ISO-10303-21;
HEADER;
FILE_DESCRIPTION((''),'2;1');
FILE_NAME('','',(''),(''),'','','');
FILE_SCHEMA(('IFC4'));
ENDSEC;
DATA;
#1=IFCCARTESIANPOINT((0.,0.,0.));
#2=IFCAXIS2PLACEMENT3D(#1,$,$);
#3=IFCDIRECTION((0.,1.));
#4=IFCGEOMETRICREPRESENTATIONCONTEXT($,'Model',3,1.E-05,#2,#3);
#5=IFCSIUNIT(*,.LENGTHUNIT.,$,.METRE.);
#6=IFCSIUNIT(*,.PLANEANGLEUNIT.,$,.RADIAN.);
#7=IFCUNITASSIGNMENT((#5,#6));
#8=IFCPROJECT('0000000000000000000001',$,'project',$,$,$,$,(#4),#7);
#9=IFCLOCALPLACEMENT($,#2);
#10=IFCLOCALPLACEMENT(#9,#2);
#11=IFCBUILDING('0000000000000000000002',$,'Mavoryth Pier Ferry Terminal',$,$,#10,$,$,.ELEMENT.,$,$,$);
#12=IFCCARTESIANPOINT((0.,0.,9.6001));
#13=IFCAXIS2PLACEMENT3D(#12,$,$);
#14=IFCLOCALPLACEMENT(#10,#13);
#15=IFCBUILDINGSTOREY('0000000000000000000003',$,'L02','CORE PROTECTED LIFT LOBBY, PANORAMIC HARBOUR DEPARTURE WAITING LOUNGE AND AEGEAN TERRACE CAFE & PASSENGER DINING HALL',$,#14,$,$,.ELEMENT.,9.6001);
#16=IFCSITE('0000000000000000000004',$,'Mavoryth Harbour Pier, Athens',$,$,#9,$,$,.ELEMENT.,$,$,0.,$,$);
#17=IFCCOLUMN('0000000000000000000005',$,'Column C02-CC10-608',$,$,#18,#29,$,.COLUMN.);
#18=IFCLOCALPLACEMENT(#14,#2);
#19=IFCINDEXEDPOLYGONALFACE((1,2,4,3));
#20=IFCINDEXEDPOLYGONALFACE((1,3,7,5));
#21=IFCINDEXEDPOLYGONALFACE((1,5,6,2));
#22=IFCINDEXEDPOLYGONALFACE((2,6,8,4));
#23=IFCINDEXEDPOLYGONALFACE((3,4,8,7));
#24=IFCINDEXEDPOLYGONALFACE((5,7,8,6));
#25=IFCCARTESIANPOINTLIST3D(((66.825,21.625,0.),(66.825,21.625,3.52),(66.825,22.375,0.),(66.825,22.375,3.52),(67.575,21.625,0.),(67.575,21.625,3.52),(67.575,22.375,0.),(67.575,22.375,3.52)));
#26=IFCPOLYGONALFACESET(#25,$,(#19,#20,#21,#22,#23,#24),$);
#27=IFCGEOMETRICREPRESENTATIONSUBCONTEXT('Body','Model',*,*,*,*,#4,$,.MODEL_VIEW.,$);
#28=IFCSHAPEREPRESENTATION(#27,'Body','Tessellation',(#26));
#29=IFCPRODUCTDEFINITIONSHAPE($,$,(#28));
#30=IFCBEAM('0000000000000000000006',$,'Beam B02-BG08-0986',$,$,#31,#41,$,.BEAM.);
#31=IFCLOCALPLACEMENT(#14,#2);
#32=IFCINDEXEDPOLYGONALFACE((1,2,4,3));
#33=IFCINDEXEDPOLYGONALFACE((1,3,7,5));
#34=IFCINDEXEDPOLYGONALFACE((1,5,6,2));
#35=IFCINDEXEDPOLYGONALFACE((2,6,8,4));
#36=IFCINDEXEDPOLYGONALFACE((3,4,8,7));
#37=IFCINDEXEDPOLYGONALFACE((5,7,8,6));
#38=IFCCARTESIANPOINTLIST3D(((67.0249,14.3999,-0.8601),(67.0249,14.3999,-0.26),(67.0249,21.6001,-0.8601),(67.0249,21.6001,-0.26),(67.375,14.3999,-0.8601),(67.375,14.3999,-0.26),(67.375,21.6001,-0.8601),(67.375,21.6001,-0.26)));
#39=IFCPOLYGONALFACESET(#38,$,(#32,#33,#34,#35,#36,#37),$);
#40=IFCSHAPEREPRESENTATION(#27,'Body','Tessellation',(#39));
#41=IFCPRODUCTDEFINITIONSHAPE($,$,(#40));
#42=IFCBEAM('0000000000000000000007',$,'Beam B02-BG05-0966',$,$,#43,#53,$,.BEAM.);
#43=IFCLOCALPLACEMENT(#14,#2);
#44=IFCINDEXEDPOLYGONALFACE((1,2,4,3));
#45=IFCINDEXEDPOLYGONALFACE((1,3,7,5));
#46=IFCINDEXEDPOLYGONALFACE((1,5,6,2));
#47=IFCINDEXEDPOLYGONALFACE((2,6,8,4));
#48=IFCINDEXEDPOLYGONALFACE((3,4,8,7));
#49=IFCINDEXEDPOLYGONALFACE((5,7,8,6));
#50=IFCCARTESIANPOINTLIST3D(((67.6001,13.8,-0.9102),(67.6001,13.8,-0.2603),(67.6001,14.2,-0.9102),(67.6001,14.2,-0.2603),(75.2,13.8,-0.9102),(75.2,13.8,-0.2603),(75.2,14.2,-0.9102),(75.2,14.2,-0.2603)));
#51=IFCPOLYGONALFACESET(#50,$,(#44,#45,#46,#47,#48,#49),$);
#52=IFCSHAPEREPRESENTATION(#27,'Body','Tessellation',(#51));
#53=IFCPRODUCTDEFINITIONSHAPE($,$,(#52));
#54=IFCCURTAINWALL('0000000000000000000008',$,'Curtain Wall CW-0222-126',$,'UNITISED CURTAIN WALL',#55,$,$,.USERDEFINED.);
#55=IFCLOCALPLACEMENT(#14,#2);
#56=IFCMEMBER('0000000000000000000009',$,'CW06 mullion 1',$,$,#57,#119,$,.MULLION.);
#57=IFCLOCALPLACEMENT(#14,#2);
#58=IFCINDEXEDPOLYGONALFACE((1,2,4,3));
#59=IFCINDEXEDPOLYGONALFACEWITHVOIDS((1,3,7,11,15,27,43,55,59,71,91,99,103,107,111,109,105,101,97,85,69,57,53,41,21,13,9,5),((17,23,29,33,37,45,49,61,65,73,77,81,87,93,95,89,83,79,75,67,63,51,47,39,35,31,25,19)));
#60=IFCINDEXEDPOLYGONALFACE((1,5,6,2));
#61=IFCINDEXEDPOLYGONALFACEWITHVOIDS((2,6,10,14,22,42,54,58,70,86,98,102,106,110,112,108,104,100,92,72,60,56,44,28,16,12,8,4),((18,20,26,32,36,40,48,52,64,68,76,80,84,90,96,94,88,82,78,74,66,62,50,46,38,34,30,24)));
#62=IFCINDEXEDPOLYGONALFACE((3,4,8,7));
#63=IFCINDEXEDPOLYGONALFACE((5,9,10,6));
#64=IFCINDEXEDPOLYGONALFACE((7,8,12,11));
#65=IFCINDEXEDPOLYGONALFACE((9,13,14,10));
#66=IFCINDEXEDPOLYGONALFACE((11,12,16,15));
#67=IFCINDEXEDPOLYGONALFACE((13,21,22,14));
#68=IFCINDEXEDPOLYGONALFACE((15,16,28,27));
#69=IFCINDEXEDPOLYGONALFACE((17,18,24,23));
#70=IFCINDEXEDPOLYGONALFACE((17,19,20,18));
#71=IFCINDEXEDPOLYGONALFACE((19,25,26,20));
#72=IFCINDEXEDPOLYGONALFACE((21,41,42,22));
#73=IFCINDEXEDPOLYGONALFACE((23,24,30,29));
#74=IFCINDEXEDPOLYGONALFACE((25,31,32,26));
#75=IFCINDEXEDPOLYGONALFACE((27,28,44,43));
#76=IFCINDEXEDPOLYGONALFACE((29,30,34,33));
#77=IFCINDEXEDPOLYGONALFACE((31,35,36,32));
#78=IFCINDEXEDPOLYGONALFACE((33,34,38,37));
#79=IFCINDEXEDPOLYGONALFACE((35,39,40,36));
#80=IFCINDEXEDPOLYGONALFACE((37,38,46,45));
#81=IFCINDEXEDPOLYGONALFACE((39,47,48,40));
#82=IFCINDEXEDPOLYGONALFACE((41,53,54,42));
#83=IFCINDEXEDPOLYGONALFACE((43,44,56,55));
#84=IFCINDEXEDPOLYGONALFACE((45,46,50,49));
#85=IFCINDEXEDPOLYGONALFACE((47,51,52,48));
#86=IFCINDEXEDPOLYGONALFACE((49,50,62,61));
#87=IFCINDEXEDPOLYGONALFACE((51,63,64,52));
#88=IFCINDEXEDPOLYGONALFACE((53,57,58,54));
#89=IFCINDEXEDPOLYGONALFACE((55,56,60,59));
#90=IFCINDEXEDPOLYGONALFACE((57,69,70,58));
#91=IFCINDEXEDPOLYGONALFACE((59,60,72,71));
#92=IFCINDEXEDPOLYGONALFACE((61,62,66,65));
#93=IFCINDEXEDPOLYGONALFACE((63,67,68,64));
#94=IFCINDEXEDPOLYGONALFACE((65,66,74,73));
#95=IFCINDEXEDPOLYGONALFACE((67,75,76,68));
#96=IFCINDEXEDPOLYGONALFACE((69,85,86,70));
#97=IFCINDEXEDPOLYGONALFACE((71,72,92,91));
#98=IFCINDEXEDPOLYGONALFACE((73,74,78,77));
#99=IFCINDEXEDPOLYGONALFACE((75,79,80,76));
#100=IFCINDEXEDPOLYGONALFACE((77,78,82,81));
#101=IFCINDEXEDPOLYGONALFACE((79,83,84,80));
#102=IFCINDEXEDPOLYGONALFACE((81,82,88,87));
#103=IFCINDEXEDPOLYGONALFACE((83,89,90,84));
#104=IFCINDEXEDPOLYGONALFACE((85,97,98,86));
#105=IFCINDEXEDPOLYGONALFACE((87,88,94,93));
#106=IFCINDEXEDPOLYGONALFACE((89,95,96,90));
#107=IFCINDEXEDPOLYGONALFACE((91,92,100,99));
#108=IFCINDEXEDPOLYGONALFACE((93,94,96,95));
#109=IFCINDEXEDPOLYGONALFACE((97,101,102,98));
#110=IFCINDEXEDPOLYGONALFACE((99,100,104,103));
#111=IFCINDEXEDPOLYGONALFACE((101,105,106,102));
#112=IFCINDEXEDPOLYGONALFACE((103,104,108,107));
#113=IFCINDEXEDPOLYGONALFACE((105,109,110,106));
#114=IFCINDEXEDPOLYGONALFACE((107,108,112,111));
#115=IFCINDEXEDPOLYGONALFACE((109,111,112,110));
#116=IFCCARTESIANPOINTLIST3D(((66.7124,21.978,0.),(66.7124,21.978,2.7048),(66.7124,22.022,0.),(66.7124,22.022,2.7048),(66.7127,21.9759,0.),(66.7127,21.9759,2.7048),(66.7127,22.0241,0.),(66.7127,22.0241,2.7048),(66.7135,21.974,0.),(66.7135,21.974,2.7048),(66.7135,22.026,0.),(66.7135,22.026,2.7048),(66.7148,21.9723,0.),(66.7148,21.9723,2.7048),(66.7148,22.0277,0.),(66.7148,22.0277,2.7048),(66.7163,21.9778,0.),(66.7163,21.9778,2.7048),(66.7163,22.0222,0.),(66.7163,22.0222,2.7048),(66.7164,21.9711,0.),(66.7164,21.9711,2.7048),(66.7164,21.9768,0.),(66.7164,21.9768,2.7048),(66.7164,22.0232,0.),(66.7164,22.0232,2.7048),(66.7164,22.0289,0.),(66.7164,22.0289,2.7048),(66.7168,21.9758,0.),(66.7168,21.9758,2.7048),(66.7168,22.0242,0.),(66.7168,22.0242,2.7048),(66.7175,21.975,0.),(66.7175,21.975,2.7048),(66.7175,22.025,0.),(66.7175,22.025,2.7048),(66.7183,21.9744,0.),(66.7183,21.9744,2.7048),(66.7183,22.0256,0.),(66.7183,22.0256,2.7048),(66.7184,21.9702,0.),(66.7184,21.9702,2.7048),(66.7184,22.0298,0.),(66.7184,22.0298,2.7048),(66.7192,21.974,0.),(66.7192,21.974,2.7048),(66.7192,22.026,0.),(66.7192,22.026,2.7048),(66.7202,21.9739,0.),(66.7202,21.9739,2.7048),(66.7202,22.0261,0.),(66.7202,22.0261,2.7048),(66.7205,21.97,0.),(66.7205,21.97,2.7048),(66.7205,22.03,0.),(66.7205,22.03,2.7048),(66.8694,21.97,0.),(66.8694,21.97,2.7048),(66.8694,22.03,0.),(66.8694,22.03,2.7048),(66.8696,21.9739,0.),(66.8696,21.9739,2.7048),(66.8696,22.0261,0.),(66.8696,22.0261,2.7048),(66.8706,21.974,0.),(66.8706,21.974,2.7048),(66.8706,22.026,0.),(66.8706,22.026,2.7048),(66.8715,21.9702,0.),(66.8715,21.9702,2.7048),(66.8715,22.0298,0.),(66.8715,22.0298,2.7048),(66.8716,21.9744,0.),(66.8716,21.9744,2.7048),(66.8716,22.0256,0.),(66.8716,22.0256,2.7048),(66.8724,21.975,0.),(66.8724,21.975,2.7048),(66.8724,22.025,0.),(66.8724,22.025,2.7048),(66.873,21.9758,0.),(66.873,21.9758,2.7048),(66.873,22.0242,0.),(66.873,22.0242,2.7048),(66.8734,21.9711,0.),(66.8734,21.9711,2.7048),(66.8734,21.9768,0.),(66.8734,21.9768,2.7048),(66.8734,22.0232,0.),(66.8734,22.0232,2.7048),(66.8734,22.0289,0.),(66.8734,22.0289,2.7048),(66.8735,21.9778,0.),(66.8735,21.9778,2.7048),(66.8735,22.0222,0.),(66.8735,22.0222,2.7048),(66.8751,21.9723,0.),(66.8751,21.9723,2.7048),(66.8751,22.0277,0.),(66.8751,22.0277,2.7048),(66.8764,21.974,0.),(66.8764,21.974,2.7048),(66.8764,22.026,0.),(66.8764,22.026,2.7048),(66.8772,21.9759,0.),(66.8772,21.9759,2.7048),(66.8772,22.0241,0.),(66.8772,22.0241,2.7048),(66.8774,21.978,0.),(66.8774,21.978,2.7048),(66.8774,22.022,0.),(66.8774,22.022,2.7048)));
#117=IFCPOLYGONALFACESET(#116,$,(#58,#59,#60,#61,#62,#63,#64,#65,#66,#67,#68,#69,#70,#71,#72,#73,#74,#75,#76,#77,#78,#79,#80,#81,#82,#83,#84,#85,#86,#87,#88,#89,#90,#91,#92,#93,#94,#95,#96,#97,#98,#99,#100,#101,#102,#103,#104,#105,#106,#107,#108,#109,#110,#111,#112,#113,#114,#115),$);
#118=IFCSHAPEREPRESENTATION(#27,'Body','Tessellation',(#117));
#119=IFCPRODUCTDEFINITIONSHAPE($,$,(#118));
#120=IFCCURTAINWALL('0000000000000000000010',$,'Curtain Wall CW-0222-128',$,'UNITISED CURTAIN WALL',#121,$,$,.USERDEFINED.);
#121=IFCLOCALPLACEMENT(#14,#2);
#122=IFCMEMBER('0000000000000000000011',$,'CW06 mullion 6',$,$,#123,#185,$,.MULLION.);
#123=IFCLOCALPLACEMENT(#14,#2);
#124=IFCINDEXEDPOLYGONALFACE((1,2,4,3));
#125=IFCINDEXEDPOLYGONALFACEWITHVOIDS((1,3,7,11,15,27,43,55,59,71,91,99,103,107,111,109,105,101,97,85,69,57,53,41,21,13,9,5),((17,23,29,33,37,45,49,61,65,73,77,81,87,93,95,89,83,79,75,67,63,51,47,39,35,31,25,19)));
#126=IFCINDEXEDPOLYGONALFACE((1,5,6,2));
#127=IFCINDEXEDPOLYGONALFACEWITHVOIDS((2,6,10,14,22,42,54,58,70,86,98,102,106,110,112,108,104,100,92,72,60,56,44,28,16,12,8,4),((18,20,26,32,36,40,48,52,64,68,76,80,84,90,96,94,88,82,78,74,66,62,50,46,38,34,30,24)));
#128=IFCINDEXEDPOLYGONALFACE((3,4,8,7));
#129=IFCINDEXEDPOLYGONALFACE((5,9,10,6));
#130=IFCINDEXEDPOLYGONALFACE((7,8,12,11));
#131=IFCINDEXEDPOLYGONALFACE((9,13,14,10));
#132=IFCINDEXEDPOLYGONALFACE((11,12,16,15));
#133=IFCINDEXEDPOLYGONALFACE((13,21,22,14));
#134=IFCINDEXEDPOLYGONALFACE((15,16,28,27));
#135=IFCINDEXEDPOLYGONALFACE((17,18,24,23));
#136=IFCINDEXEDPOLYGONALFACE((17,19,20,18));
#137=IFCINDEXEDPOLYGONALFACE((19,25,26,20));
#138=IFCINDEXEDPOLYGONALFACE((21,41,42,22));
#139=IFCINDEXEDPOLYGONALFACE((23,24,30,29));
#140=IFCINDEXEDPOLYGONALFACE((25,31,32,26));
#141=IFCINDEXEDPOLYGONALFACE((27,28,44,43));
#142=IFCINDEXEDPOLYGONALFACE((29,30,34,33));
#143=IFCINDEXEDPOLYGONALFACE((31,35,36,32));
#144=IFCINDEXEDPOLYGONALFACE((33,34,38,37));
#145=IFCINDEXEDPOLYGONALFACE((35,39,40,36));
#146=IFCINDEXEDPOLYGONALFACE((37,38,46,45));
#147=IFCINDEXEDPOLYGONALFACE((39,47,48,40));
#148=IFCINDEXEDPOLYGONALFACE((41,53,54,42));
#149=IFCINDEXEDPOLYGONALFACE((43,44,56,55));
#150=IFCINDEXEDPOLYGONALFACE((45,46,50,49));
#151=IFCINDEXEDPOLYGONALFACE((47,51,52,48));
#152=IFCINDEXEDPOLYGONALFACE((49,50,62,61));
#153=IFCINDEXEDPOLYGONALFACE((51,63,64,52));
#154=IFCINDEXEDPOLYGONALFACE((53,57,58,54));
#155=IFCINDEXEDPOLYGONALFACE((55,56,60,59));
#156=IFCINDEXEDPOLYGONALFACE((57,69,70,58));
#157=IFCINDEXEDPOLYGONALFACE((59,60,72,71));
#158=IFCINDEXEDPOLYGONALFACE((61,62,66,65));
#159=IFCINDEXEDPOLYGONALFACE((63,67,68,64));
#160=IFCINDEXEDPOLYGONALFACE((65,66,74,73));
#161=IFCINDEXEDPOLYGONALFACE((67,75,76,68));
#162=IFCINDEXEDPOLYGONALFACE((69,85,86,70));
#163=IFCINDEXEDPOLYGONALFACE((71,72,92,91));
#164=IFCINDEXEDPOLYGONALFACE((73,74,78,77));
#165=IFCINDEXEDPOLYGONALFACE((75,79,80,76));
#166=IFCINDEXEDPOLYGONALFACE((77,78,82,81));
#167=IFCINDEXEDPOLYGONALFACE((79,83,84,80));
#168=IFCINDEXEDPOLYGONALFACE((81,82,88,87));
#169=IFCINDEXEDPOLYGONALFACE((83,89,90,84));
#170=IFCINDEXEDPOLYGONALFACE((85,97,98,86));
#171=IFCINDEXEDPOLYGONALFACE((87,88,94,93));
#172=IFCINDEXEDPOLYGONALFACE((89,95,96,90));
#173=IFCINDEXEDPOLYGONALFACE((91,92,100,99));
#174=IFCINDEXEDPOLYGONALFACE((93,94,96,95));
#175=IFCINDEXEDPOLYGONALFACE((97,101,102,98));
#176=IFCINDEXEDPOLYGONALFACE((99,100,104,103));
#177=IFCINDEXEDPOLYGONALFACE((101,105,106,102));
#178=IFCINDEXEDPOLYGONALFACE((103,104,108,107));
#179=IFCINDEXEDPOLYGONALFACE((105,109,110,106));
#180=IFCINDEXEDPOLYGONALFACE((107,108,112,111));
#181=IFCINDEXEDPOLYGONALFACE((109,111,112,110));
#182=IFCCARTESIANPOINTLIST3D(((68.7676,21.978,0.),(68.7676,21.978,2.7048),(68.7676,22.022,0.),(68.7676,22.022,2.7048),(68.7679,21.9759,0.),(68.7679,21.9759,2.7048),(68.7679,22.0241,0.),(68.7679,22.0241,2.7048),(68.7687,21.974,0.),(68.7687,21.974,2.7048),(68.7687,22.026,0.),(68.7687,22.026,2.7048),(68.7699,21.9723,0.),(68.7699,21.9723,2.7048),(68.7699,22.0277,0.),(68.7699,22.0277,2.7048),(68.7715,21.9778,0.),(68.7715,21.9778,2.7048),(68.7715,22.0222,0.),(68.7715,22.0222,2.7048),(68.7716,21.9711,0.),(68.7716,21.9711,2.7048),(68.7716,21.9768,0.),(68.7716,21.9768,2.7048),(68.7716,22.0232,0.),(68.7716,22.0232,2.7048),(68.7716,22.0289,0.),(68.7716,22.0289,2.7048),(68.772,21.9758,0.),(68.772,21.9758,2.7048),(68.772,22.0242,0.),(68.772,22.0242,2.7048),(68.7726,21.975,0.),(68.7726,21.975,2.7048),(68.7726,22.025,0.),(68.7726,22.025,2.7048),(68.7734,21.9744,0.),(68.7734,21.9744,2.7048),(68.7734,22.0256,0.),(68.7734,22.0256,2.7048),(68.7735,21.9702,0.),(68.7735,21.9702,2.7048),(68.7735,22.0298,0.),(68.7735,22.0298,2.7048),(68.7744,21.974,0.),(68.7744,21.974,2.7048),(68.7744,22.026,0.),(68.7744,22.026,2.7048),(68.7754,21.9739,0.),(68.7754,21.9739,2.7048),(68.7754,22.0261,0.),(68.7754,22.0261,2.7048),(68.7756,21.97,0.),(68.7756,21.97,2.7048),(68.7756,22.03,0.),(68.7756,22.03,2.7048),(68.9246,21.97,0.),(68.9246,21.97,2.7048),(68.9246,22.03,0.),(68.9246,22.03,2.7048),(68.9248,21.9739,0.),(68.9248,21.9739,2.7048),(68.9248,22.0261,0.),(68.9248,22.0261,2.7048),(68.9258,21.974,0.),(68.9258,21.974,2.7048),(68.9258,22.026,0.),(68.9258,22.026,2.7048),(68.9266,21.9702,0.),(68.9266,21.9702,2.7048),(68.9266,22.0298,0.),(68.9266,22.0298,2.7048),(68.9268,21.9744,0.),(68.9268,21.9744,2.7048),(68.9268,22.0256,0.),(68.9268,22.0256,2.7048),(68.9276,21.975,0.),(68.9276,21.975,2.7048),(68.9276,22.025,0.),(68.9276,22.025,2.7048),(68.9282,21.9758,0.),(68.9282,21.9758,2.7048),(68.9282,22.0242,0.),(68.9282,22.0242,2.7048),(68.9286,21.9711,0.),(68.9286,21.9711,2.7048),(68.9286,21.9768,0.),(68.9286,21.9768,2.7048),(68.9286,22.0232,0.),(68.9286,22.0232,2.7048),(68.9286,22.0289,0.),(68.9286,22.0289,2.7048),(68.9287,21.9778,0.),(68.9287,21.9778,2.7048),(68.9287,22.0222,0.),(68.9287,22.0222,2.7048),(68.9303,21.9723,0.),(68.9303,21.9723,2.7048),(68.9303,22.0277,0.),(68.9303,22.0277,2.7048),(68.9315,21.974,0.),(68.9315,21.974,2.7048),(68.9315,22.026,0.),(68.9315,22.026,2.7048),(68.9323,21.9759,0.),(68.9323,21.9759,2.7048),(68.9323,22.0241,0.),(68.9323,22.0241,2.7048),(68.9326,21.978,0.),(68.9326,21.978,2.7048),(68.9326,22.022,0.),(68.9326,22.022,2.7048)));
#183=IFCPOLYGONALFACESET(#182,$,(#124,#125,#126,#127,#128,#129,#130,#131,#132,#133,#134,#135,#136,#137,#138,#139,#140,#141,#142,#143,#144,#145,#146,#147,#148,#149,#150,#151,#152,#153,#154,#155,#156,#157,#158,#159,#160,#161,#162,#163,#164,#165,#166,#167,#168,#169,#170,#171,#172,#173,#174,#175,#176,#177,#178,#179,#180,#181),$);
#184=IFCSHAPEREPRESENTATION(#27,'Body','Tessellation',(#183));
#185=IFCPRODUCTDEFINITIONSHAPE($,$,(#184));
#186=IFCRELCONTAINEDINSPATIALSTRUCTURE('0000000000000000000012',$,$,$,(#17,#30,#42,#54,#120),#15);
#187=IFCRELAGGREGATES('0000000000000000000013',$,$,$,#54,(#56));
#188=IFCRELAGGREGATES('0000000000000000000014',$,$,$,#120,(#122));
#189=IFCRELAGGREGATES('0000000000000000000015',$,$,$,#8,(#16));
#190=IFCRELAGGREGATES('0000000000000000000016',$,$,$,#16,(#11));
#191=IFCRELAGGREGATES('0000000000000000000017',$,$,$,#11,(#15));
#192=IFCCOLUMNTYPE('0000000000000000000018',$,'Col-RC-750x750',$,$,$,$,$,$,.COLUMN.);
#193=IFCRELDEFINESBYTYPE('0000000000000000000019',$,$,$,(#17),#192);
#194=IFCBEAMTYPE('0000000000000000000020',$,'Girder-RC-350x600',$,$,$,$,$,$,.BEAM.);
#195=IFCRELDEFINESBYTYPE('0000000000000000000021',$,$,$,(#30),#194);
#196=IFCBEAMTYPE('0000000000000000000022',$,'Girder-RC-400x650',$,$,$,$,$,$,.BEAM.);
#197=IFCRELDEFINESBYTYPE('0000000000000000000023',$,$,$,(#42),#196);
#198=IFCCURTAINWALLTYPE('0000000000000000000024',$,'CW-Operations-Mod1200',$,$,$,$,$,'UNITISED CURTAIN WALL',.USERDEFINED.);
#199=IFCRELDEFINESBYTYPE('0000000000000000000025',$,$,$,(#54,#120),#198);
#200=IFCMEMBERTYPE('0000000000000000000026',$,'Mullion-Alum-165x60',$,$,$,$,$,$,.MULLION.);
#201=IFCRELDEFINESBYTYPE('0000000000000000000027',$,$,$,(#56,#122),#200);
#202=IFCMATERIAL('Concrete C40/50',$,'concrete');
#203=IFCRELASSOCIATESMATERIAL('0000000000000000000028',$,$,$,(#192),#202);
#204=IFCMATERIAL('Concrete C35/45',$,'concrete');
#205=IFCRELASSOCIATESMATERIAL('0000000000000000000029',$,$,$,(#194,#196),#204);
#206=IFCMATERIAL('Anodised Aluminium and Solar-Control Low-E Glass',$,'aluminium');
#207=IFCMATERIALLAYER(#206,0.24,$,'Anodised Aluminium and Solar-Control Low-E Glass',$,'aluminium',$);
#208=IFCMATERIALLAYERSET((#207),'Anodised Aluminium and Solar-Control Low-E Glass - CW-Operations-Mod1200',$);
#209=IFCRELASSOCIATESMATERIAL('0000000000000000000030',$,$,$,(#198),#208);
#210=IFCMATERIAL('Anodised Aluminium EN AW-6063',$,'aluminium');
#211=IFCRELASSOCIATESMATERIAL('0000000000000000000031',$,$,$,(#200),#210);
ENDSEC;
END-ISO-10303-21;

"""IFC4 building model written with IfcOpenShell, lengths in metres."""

from ifc_helpers import new_model, si_unit, direction, frame, origin, origin_2d, place, context, subcontext, project, spatial, rectangle, hollow_rectangle, extrude, material, layer, layer_set, material_profile, profile_set, type_object, element, aggregate, save


model = new_model("IFC4")

# Units and contexts
model_context = context("Model", 3, precision=1e-05, world=origin(), true_north=direction((0.0, 1.0)))
body_context = subcontext(model_context, "Body", "Model", "MODEL_VIEW")
ifc_project = project(units=[si_unit("LENGTHUNIT", "METRE"), si_unit("PLANEANGLEUNIT", "RADIAN")], contexts=[model_context])

# Site, building, storey
site_placement = place(None, origin())
site = spatial("IfcSite", under=ifc_project, at=site_placement, Name="Mavoryth Harbour Pier, Athens", CompositionType="ELEMENT", RefElevation=0.0)
building_placement = place(site_placement, origin())
building = spatial("IfcBuilding", under=site, at=building_placement, Name="Mavoryth Pier Ferry Terminal", CompositionType="ELEMENT")
storey_placement = place(building_placement, frame((0.0, 0.0, 9.6001)))
storey = spatial("IfcBuildingStorey", under=building, at=storey_placement, Name="L02", Description="CORE PROTECTED LIFT LOBBY, PANORAMIC HARBOUR DEPARTURE WAITING LOUNGE AND AEGEAN TERRACE CAFE & PASSENGER DINING HALL", CompositionType="ELEMENT", Elevation=9.6001)

# Column
ifc_material_1 = material(Name="Concrete C40/50", Category="concrete")
ifc_material_profile_1 = material_profile(ifc_material_1, rectangle(XDim=0.75, YDim=0.75, at=origin_2d()), Name="RC 750x750", Category="concrete")
ifc_profile_set_1 = profile_set([ifc_material_profile_1], Name="Concrete C40/50 - RC 750x750")
column_type = type_object("IfcColumnType", Name="Col-RC-750x750", PredefinedType="COLUMN", material=ifc_profile_set_1)
column_placement = place(storey_placement, frame((67.2, 22.0, 0.0), z_axis=(0.0, 0.0, 1.0), x_axis=(1.0, 0.0, 0.0)))
element("IfcColumn", 1, at=column_placement, inside=storey, type_object=column_type, Name="Column C02-CC10-608", PredefinedType="COLUMN", context=body_context, shape_type="SweptSolid", body=[
    extrude(rectangle(XDim=0.75, YDim=0.75, at=origin_2d()), origin(), (0.0, 0.0, 1.0), 3.52),
])

# Beams
ifc_material_2 = material(Name="Concrete C35/45", Category="concrete")
ifc_material_profile_2 = material_profile(ifc_material_2, rectangle(XDim=0.3501, YDim=0.6001, at=origin_2d()), Name="RC 350x600", Category="concrete")
ifc_profile_set_2 = profile_set([ifc_material_profile_2], Name="Concrete C35/45 - RC 350x600")
beam_type_1 = type_object("IfcBeamType", Name="Girder-RC-350x600", PredefinedType="BEAM", material=ifc_profile_set_2)
beam_1_placement = place(storey_placement, frame((67.2, 14.3999, -0.5601), z_axis=(0.0, 1.0, 0.0), x_axis=(-1.0, 0.0, 0.0)))
element("IfcBeam", 2, at=beam_1_placement, inside=storey, type_object=beam_type_1, Name="Beam B02-BG08-0986", PredefinedType="BEAM", context=body_context, shape_type="SweptSolid", body=[
    extrude(rectangle(XDim=0.3501, YDim=0.6001, at=origin_2d()), origin(), (0.0, 0.0, 1.0), 7.2002),
])
ifc_material_profile_3 = material_profile(ifc_material_2, rectangle(XDim=0.3999, YDim=0.6499, at=origin_2d()), Name="RC 400x650", Category="concrete")
ifc_profile_set_3 = profile_set([ifc_material_profile_3], Name="Concrete C35/45 - RC 400x650")
beam_type_2 = type_object("IfcBeamType", Name="Girder-RC-400x650", PredefinedType="BEAM", material=ifc_profile_set_3)
beam_2_placement = place(storey_placement, frame((67.6001, 14.0, -0.5852), z_axis=(1.0, 0.0, 0.0), x_axis=(0.0, 1.0, 0.0)))
element("IfcBeam", 3, at=beam_2_placement, inside=storey, type_object=beam_type_2, Name="Beam B02-BG05-0966", PredefinedType="BEAM", context=body_context, shape_type="SweptSolid", body=[
    extrude(rectangle(XDim=0.3999, YDim=0.6499, at=origin_2d()), origin(), (0.0, 0.0, 1.0), 7.5999),
])

# Curtain wall, member
ifc_material_3 = material(Name="Anodised Aluminium and Solar-Control Low-E Glass", Category="aluminium")
ifc_layer_1 = layer(ifc_material_3, 0.24, Name="Anodised Aluminium and Solar-Control Low-E Glass", Category="aluminium")
ifc_layer_set_1 = layer_set([ifc_layer_1], Name="Anodised Aluminium and Solar-Control Low-E Glass - CW-Operations-Mod1200")
curtain_wall_type = type_object("IfcCurtainWallType", Name="CW-Operations-Mod1200", ElementType="UNITISED CURTAIN WALL", PredefinedType="USERDEFINED", material=ifc_layer_set_1)
curtain_wall_1_placement = place(storey_placement, origin())
curtain_wall_1 = element("IfcCurtainWall", 4, at=curtain_wall_1_placement, inside=storey, type_object=curtain_wall_type, Name="Curtain Wall CW-0222-126", ObjectType="UNITISED CURTAIN WALL", PredefinedType="USERDEFINED")
ifc_material_4 = material(Name="Anodised Aluminium EN AW-6063", Category="aluminium")
ifc_material_profile_4 = material_profile(ifc_material_4, hollow_rectangle(XDim=0.0601, YDim=0.165, WallThickness=0.0039, InnerFilletRadius=0.0039, OuterFilletRadius=0.0081, at=origin_2d()), Name="AL-MULL 165x60x4", Category="aluminium")
ifc_profile_set_4 = profile_set([ifc_material_profile_4], Name="Anodised Aluminium EN AW-6063 - AL-MULL 165x60x4")
member_type_1 = type_object("IfcMemberType", Name="Mullion-Alum-165x60", PredefinedType="MULLION", material=ifc_profile_set_4)
member_1_placement = place(storey_placement, frame((66.7949, 22.0, 0.0), z_axis=(0.0, 0.0, 1.0), x_axis=(0.0, -1.0, 0.0)))
member_1 = element("IfcMember", 5, at=member_1_placement, type_object=member_type_1, Name="CW06 mullion 1", PredefinedType="MULLION", context=body_context, shape_type="SweptSolid", body=[
    extrude(hollow_rectangle(XDim=0.0601, YDim=0.165, WallThickness=0.0039, InnerFilletRadius=0.0039, OuterFilletRadius=0.0081, at=origin_2d()), origin(), (0.0, 0.0, 1.0), 2.7048),
])

# Curtain wall, member
curtain_wall_2_placement = place(storey_placement, origin())
curtain_wall_2 = element("IfcCurtainWall", 6, at=curtain_wall_2_placement, inside=storey, type_object=curtain_wall_type, Name="Curtain Wall CW-0222-128", ObjectType="UNITISED CURTAIN WALL", PredefinedType="USERDEFINED")
member_2_placement = place(storey_placement, frame((68.8501, 22.0, 0.0), z_axis=(0.0, 0.0, 1.0), x_axis=(0.0, -1.0, 0.0)))
member_2 = element("IfcMember", 7, at=member_2_placement, type_object=member_type_1, Name="CW06 mullion 6", PredefinedType="MULLION", context=body_context, shape_type="SweptSolid", body=[
    extrude(hollow_rectangle(XDim=0.0601, YDim=0.165, WallThickness=0.0039, InnerFilletRadius=0.0039, OuterFilletRadius=0.0081, at=origin_2d()), origin(), (0.0, 0.0, 1.0), 2.7048),
])

aggregate(curtain_wall_1, [member_1])
aggregate(curtain_wall_2, [member_2])

save(model, "model.ifc")
